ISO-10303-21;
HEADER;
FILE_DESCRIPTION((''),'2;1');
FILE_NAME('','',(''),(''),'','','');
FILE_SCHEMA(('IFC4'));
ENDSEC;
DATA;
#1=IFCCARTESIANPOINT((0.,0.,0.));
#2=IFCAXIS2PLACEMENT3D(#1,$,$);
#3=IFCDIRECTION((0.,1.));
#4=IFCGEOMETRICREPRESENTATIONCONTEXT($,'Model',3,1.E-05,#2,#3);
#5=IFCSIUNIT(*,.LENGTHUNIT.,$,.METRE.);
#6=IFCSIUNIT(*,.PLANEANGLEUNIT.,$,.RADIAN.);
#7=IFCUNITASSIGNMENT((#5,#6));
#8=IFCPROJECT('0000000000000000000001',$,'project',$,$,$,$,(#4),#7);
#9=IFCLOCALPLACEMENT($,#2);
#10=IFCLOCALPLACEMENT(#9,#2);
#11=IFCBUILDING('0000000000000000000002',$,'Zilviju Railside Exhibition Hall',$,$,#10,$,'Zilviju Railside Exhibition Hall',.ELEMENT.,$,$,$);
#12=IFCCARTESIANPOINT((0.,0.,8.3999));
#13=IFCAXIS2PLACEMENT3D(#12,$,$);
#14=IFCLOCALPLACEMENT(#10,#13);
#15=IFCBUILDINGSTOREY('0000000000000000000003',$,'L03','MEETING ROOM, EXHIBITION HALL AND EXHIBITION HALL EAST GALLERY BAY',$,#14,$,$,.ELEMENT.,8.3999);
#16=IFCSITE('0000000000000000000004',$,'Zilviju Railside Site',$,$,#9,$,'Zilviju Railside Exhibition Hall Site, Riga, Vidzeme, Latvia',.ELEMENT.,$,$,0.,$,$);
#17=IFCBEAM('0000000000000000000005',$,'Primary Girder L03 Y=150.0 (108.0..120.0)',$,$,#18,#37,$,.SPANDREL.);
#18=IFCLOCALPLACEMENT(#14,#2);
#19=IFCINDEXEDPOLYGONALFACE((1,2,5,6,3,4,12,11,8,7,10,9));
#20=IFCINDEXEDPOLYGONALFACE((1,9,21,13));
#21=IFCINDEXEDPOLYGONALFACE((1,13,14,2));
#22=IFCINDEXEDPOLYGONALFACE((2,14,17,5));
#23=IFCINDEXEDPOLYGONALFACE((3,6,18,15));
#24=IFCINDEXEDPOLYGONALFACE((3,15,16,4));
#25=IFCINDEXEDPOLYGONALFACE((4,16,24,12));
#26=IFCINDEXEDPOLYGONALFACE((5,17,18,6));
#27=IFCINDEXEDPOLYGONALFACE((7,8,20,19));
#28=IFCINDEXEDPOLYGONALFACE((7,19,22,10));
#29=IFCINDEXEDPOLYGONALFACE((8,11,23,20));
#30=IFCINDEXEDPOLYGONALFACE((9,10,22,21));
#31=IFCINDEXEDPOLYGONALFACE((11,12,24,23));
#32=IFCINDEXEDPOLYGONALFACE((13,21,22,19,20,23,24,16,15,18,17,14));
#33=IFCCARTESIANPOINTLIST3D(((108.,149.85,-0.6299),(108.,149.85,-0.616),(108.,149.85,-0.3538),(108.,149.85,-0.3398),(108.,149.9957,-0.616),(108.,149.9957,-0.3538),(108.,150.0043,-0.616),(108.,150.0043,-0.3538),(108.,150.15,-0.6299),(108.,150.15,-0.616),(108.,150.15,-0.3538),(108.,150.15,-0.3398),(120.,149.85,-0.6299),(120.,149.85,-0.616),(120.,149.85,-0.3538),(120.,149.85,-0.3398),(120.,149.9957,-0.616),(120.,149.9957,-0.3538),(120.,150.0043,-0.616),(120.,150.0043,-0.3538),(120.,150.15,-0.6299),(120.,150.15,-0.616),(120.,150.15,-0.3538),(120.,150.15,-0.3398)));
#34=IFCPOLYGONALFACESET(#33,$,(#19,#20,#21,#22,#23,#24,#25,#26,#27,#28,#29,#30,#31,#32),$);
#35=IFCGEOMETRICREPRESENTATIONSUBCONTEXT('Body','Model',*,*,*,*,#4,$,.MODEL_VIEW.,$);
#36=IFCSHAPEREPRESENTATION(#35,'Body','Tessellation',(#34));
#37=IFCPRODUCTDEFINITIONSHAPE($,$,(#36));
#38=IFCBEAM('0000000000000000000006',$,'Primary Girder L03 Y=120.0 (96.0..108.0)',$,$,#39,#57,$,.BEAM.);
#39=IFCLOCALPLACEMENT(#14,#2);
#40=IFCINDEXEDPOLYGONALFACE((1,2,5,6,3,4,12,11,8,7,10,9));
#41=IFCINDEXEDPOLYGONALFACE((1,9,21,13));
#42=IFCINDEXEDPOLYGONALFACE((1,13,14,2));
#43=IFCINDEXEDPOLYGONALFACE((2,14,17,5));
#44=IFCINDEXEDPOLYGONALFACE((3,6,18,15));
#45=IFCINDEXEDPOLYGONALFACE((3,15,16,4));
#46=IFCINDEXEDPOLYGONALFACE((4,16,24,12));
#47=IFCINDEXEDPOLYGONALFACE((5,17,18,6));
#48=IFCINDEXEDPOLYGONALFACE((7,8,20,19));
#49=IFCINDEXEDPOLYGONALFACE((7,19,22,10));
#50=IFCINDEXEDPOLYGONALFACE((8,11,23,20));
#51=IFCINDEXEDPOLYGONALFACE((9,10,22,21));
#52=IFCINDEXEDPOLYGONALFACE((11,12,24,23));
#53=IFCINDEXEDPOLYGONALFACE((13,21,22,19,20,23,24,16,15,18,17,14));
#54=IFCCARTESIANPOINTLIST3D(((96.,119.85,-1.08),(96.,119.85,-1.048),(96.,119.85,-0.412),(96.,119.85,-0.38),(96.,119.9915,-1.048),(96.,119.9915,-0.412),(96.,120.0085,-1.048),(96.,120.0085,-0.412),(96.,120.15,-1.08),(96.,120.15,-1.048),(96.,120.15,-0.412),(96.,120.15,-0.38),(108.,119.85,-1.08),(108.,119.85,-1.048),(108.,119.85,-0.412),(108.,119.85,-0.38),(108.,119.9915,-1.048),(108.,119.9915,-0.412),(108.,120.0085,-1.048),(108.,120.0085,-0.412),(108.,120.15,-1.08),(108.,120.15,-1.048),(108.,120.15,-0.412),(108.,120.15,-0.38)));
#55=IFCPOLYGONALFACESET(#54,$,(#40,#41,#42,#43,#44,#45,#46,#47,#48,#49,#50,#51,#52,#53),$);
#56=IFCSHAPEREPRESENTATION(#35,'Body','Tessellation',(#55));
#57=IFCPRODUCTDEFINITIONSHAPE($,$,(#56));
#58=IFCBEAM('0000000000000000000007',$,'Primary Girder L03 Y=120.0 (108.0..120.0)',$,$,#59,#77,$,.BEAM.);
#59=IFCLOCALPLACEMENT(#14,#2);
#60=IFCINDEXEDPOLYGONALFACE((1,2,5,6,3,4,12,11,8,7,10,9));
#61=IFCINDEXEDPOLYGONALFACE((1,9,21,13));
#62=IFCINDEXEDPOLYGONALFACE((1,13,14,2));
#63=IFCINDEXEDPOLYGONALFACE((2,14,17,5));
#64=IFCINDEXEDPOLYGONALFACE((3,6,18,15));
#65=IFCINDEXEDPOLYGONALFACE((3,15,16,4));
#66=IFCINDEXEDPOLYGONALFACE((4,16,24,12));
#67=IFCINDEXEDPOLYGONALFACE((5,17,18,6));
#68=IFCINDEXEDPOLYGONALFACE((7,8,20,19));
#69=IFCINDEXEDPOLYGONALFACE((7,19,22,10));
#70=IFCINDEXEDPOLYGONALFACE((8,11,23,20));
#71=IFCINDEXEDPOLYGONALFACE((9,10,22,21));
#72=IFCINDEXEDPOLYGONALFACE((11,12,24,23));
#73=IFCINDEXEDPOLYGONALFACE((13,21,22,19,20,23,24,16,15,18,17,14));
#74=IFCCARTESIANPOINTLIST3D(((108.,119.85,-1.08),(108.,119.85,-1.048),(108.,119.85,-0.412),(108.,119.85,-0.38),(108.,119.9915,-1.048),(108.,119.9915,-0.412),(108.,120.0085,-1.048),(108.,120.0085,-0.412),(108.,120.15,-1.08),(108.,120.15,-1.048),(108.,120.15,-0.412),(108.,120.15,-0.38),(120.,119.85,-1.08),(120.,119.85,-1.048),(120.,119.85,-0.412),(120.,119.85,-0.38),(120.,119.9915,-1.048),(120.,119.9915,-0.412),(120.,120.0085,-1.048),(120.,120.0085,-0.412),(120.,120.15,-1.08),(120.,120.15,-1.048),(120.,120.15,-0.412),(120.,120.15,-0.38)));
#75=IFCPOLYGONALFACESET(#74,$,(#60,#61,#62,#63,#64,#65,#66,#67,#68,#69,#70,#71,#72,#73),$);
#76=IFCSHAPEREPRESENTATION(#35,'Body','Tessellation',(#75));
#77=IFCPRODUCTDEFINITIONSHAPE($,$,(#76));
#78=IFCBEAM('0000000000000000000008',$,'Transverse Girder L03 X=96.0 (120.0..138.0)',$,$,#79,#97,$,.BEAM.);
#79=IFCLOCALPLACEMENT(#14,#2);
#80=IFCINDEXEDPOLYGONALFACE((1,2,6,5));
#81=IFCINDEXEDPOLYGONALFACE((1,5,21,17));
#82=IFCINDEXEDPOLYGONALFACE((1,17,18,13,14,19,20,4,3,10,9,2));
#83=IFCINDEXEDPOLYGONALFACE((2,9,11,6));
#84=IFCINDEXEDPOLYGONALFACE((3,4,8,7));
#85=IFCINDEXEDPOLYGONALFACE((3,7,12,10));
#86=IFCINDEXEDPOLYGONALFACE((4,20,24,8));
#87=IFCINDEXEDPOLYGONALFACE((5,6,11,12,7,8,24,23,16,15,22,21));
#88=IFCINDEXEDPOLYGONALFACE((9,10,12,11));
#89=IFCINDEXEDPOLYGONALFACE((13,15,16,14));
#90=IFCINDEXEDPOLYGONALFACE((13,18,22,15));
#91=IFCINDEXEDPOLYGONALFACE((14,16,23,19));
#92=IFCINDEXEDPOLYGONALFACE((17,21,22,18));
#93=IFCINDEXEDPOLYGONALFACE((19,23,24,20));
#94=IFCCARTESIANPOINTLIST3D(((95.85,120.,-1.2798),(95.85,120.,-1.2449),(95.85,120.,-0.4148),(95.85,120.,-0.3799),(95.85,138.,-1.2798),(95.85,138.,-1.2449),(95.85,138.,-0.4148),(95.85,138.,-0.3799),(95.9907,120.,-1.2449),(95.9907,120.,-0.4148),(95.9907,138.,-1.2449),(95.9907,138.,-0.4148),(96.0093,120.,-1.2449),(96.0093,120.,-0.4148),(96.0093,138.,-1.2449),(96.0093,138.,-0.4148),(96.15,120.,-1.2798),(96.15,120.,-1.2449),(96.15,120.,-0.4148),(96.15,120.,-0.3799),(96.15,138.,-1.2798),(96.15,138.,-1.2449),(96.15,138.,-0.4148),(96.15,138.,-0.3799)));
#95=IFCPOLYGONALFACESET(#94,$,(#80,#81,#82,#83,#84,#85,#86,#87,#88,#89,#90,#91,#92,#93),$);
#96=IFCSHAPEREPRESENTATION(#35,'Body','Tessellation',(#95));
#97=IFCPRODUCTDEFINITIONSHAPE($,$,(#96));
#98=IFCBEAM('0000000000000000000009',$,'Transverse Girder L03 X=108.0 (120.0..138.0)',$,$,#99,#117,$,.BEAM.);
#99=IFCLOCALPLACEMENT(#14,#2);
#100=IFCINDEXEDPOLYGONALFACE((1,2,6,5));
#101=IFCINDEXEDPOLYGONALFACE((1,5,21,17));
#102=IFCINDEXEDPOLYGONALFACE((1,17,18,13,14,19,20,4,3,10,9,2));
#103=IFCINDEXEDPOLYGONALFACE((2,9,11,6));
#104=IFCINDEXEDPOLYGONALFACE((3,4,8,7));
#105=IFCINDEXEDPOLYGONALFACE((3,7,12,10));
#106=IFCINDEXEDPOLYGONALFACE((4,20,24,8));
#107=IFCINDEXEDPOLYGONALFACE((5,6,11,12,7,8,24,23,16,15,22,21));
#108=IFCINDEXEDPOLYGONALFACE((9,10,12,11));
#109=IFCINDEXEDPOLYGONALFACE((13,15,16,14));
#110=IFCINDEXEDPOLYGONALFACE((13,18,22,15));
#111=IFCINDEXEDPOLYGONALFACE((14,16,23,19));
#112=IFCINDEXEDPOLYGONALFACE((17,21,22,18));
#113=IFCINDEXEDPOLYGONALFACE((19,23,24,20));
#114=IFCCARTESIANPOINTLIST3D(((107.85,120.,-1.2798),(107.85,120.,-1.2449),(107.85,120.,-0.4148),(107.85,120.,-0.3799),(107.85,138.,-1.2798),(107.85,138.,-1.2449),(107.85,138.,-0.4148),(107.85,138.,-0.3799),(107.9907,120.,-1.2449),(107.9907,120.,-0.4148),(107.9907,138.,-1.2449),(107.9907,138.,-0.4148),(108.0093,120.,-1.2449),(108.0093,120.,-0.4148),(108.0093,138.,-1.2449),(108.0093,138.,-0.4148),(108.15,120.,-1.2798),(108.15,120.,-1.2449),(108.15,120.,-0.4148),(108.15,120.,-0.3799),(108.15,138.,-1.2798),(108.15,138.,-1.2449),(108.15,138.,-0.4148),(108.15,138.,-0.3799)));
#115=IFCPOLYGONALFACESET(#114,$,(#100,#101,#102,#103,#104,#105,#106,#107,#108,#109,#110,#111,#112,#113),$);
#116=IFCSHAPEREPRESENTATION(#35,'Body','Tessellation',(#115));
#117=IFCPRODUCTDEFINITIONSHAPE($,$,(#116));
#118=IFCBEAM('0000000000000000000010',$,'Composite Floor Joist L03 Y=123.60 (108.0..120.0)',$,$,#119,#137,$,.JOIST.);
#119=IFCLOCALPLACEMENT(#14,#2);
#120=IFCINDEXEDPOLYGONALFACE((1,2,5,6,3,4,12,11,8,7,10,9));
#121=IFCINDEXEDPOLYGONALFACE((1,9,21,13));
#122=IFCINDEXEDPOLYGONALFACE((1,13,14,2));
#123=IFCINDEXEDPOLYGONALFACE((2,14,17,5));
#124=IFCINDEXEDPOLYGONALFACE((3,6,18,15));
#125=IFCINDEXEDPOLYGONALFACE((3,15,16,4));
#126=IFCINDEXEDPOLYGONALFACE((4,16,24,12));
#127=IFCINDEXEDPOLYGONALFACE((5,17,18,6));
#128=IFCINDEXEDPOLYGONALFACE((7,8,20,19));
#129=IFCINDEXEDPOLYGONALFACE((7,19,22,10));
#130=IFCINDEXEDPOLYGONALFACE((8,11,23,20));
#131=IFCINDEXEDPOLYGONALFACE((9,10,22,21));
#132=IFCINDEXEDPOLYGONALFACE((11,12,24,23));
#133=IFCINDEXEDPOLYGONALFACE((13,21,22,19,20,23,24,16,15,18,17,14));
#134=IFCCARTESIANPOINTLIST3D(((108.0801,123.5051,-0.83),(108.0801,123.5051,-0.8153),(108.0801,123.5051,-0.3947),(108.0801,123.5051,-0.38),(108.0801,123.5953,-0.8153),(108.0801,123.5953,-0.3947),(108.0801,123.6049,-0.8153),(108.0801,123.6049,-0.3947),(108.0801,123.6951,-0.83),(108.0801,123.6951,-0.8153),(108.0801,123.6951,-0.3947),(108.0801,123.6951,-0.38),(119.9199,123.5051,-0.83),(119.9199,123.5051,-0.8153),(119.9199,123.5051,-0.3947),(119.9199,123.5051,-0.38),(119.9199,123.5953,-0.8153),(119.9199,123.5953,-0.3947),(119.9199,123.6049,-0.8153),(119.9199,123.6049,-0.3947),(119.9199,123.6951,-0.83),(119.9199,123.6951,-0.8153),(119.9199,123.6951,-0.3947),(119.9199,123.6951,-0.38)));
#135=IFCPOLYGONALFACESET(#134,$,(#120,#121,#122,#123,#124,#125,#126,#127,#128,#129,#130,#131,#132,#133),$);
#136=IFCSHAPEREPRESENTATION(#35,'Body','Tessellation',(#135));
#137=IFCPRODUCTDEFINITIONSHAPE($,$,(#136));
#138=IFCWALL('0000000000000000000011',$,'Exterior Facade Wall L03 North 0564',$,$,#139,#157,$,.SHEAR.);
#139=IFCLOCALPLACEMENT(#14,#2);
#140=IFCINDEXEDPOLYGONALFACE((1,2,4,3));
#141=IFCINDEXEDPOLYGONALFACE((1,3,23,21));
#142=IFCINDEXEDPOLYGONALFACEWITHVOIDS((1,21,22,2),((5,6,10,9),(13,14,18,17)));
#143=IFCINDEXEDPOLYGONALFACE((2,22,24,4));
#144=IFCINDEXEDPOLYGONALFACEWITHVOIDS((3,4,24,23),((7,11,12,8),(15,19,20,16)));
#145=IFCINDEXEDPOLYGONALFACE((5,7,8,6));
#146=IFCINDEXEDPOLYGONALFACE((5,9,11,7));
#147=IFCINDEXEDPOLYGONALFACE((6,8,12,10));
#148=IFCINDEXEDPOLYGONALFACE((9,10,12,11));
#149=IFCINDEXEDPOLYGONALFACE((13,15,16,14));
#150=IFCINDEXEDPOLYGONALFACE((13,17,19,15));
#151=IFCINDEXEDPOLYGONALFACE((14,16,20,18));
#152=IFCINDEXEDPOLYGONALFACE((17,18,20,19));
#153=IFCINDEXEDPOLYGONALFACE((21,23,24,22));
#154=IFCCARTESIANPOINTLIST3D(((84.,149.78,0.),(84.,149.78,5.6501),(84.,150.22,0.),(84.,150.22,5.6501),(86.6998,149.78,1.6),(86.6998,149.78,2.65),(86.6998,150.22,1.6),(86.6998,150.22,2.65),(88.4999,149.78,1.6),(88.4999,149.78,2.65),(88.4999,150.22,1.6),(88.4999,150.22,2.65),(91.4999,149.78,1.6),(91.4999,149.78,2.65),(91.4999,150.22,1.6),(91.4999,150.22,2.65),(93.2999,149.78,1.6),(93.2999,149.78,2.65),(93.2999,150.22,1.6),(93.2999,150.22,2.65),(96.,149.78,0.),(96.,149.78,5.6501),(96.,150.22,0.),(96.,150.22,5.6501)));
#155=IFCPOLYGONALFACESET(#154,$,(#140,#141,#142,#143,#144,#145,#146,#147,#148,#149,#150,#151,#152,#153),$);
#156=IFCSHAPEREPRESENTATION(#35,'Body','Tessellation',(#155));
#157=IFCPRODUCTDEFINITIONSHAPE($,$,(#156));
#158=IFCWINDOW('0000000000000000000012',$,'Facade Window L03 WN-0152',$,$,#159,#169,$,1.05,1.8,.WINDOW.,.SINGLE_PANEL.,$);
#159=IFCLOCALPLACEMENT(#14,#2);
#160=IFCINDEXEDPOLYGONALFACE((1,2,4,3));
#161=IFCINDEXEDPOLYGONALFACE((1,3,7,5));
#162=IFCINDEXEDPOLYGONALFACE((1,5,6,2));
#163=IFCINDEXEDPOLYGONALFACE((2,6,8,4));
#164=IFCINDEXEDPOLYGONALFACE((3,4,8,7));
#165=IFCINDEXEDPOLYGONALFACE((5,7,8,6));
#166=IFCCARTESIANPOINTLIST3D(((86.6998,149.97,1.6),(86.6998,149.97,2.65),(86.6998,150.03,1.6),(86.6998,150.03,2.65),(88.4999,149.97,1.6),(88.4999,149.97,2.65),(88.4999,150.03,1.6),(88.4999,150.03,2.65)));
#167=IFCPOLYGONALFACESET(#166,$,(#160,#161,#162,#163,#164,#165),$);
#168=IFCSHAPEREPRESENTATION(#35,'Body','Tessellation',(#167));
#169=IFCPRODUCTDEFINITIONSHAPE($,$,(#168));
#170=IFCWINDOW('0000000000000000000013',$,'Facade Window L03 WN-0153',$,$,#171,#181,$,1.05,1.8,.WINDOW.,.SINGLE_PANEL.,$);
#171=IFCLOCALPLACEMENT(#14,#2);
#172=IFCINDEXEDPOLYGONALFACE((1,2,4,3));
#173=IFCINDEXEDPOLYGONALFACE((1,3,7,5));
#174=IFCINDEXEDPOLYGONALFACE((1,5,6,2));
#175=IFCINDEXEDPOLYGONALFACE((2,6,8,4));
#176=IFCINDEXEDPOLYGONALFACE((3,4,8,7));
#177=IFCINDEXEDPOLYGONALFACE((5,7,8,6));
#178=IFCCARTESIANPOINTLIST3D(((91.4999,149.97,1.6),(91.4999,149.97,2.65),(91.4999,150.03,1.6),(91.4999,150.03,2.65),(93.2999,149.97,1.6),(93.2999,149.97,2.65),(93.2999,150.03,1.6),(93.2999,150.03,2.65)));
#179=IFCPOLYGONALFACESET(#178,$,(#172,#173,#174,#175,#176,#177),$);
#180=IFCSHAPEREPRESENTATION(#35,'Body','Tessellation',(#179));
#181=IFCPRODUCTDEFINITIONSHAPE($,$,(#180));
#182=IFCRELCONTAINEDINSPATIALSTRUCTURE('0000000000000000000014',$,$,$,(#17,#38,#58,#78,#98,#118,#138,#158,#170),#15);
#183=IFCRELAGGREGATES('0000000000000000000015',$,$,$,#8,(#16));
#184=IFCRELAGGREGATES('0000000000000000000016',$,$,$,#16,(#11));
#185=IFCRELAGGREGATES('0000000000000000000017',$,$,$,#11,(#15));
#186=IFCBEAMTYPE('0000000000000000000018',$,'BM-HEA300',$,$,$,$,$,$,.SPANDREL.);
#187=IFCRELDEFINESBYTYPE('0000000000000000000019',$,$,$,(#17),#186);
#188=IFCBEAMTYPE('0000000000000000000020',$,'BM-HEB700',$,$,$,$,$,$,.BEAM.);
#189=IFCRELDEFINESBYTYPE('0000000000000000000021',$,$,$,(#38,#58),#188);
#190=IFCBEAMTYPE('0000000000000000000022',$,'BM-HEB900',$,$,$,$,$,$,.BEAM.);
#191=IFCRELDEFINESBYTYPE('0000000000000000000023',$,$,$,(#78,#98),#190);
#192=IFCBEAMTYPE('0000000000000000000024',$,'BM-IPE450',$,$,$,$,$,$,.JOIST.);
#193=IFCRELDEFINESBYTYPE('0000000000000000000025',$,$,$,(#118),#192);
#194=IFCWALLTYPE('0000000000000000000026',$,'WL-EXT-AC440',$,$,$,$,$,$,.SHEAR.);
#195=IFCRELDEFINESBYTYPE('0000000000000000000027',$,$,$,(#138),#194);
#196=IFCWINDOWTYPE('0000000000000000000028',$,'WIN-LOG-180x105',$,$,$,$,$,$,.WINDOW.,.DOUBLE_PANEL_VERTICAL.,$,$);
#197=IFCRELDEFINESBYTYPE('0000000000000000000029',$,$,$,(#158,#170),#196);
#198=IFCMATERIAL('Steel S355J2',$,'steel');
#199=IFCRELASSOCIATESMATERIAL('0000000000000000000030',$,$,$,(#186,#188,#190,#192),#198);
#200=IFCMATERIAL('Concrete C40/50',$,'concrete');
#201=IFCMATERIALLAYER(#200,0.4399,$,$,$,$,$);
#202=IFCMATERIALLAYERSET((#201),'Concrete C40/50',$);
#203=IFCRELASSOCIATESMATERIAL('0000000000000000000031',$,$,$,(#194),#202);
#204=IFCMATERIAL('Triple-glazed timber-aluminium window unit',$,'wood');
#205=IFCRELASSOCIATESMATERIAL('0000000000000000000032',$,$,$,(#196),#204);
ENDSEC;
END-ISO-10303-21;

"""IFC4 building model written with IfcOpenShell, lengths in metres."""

from ifc_helpers import new_model, si_unit, direction, frame, frame_2d, origin, origin_2d, place, context, subcontext, project, spatial, rectangle, i_section, extrude, material, layer, layer_set, material_profile, profile_set, type_object, element, fill, save


model = new_model("IFC4")

# Units and contexts
model_context = context("Model", 3, precision=1e-05, world=origin(), true_north=direction((0.0, 1.0)))
body_context = subcontext(model_context, "Body", "Model", "MODEL_VIEW")
ifc_project = project(units=[si_unit("LENGTHUNIT", "METRE"), si_unit("PLANEANGLEUNIT", "RADIAN")], contexts=[model_context])

# Site, building, storey
site_placement = place(None, origin())
site = spatial("IfcSite", under=ifc_project, at=site_placement, Name="Zilviju Railside Site", LongName="Zilviju Railside Exhibition Hall Site, Riga, Vidzeme, Latvia", CompositionType="ELEMENT", RefElevation=0.0)
building_placement = place(site_placement, origin())
building = spatial("IfcBuilding", under=site, at=building_placement, Name="Zilviju Railside Exhibition Hall", LongName="Zilviju Railside Exhibition Hall", CompositionType="ELEMENT")
storey_placement = place(building_placement, frame((0.0, 0.0, 8.3999)))
storey = spatial("IfcBuildingStorey", under=building, at=storey_placement, Name="L03", Description="MEETING ROOM, EXHIBITION HALL AND EXHIBITION HALL EAST GALLERY BAY", CompositionType="ELEMENT", Elevation=8.3999)

# Shared definitions
ifc_material_1 = material(Name="Concrete C40/50", Category="concrete")
ifc_material_2 = material(Name="Steel S355J2", Category="steel")

# Beams
ifc_material_profile_1 = material_profile(ifc_material_2, i_section(OverallWidth=0.3, OverallDepth=0.29, WebThickness=0.0085, FlangeThickness=0.0139, at=origin_2d()), Name="HEA 300")
ifc_profile_set_1 = profile_set([ifc_material_profile_1], Name="Steel S355J2")
beam_type_1 = type_object("IfcBeamType", Name="BM-HEA300", PredefinedType="SPANDREL", material=ifc_profile_set_1)
for number, where, z_axis, x_axis, name in (
    (1, (108.0, 150.0, -0.4849), (1.0, 0.0, 0.0), (0.0, 1.0, 0.0), "Primary Girder L03 Y=150.0 (108.0..120.0)"),
):
    element("IfcBeam", number, at=place(storey_placement, frame(where, z_axis=z_axis, x_axis=x_axis)), inside=storey, type_object=beam_type_1, Name=name, PredefinedType="SPANDREL", context=body_context, shape_type="SweptSolid", body=[
        extrude(i_section(OverallWidth=0.3, OverallDepth=0.29, WebThickness=0.0085, FlangeThickness=0.0139, at=origin_2d()), origin(), (0.0, 0.0, 1.0), 12.0),
    ])
ifc_material_profile_2 = material_profile(ifc_material_2, i_section(OverallWidth=0.3, OverallDepth=0.7, WebThickness=0.0171, FlangeThickness=0.032, at=origin_2d()), Name="HEB 700")
ifc_profile_set_2 = profile_set([ifc_material_profile_2], Name="Steel S355J2")
beam_type_2 = type_object("IfcBeamType", Name="BM-HEB700", PredefinedType="BEAM", material=ifc_profile_set_2)
for number, where, z_axis, x_axis, name in (
    (2, (96.0, 120.0, -0.73), (1.0, 0.0, 0.0), (0.0, 1.0, 0.0), "Primary Girder L03 Y=120.0 (96.0..108.0)"),
    (3, (108.0, 120.0, -0.73), (1.0, 0.0, 0.0), (0.0, 1.0, 0.0), "Primary Girder L03 Y=120.0 (108.0..120.0)"),
):
    element("IfcBeam", number, at=place(storey_placement, frame(where, z_axis=z_axis, x_axis=x_axis)), inside=storey, type_object=beam_type_2, Name=name, PredefinedType="BEAM", context=body_context, shape_type="SweptSolid", body=[
        extrude(i_section(OverallWidth=0.3, OverallDepth=0.7, WebThickness=0.0171, FlangeThickness=0.032, at=origin_2d()), origin(), (0.0, 0.0, 1.0), 12.0),
    ])
ifc_material_profile_3 = material_profile(ifc_material_2, i_section(OverallWidth=0.3, OverallDepth=0.8999, WebThickness=0.0186, FlangeThickness=0.0349, at=origin_2d()), Name="HEB 900")
ifc_profile_set_3 = profile_set([ifc_material_profile_3], Name="Steel S355J2")
beam_type_3 = type_object("IfcBeamType", Name="BM-HEB900", PredefinedType="BEAM", material=ifc_profile_set_3)
for number, where, z_axis, x_axis, name in (
    (4, (96.0, 120.0, -0.8298), (0.0, 1.0, 0.0), (-1.0, 0.0, 0.0), "Transverse Girder L03 X=96.0 (120.0..138.0)"),
    (5, (108.0, 120.0, -0.8298), (0.0, 1.0, 0.0), (-1.0, 0.0, 0.0), "Transverse Girder L03 X=108.0 (120.0..138.0)"),
):
    element("IfcBeam", number, at=place(storey_placement, frame(where, z_axis=z_axis, x_axis=x_axis)), inside=storey, type_object=beam_type_3, Name=name, PredefinedType="BEAM", context=body_context, shape_type="SweptSolid", body=[
        extrude(i_section(OverallWidth=0.3, OverallDepth=0.8999, WebThickness=0.0186, FlangeThickness=0.0349, at=origin_2d()), origin(), (0.0, 0.0, 1.0), 18.0),
    ])
ifc_material_profile_4 = material_profile(ifc_material_2, i_section(OverallWidth=0.1899, OverallDepth=0.45, WebThickness=0.0095, FlangeThickness=0.0146, at=origin_2d()), Name="IPE 450")
ifc_profile_set_4 = profile_set([ifc_material_profile_4], Name="Steel S355J2")
beam_type_4 = type_object("IfcBeamType", Name="BM-IPE450", PredefinedType="JOIST", material=ifc_profile_set_4)
beam_placement = place(storey_placement, frame((108.0801, 123.6001, -0.605), z_axis=(1.0, 0.0, 0.0), x_axis=(0.0, 1.0, 0.0)))
element("IfcBeam", 6, at=beam_placement, inside=storey, type_object=beam_type_4, Name="Composite Floor Joist L03 Y=123.60 (108.0..120.0)", PredefinedType="JOIST", context=body_context, shape_type="SweptSolid", body=[
    extrude(i_section(OverallWidth=0.1899, OverallDepth=0.45, WebThickness=0.0095, FlangeThickness=0.0146, at=origin_2d()), origin(), (0.0, 0.0, 1.0), 11.8398),
])

# Wall, openings, windows
ifc_layer_1 = layer(ifc_material_1, 0.4399)
ifc_layer_set_1 = layer_set([ifc_layer_1], Name="Concrete C40/50")
wall_type_1 = type_object("IfcWallType", Name="WL-EXT-AC440", PredefinedType="SHEAR", material=ifc_layer_set_1)
wall_1_placement = place(storey_placement, frame((84.0, 150.0, 0.0), z_axis=(0.0, 0.0, 1.0), x_axis=(1.0, 0.0, 0.0)))
wall_1 = element("IfcWall", 7, at=wall_1_placement, inside=storey, type_object=wall_type_1, Name="Exterior Facade Wall L03 North 0564", PredefinedType="SHEAR", context=body_context, shape_type="SweptSolid", body=[
    extrude(rectangle(XDim=12.0, YDim=0.4399, at=frame_2d((6.0, 0.0))), origin(), (0.0, 0.0, 1.0), 5.6501),
])
opening_1_placement = place(wall_1_placement, frame((2.7, 0.0, 1.6001)))
opening_1 = element("IfcOpeningElement", 8, at=opening_1_placement, cuts=wall_1, PredefinedType="OPENING", context=body_context, shape_type="SweptSolid", body=[
    extrude(rectangle(XDim=1.8, YDim=1.05, at=frame_2d((0.8999, 0.5249))), frame((0.0, 0.23, 0.0), z_axis=(0.0, -1.0, 0.0), x_axis=(1.0, 0.0, 0.0)), (0.0, 0.0, 1.0), 0.46),
])
opening_2_placement = place(wall_1_placement, frame((7.5, 0.0, 1.6001)))
opening_2 = element("IfcOpeningElement", 9, at=opening_2_placement, cuts=wall_1, PredefinedType="OPENING", context=body_context, shape_type="SweptSolid", body=[
    extrude(rectangle(XDim=1.8, YDim=1.05, at=frame_2d((0.8999, 0.5249))), frame((0.0, 0.23, 0.0), z_axis=(0.0, -1.0, 0.0), x_axis=(1.0, 0.0, 0.0)), (0.0, 0.0, 1.0), 0.46),
])
ifc_material_3 = material(Name="Triple-glazed timber-aluminium window unit", Category="wood")
window_type = type_object("IfcWindowType", Name="WIN-LOG-180x105", PartitioningType="DOUBLE_PANEL_VERTICAL", PredefinedType="WINDOW", material=ifc_material_3)
window_1_placement = place(opening_1_placement, origin())
window_1 = element("IfcWindow", 10, at=window_1_placement, inside=storey, type_object=window_type, Name="Facade Window L03 WN-0152", OverallHeight=1.05, OverallWidth=1.8, PartitioningType="SINGLE_PANEL", PredefinedType="WINDOW", context=body_context, shape_type="SweptSolid", body=[
    extrude(rectangle(XDim=1.8, YDim=1.05, at=frame_2d((0.8999, 0.5249))), frame((0.0, 0.03, 0.0), z_axis=(0.0, -1.0, 0.0), x_axis=(1.0, 0.0, 0.0)), (0.0, 0.0, 1.0), 0.0601),
])
fill(opening_1, window_1)
window_2_placement = place(opening_2_placement, origin())
window_2 = element("IfcWindow", 11, at=window_2_placement, inside=storey, type_object=window_type, Name="Facade Window L03 WN-0153", OverallHeight=1.05, OverallWidth=1.8, PartitioningType="SINGLE_PANEL", PredefinedType="WINDOW", context=body_context, shape_type="SweptSolid", body=[
    extrude(rectangle(XDim=1.8, YDim=1.05, at=frame_2d((0.8999, 0.5249))), frame((0.0, 0.03, 0.0), z_axis=(0.0, -1.0, 0.0), x_axis=(1.0, 0.0, 0.0)), (0.0, 0.0, 1.0), 0.0601),
])
fill(opening_2, window_2)

save(model, "model.ifc")
